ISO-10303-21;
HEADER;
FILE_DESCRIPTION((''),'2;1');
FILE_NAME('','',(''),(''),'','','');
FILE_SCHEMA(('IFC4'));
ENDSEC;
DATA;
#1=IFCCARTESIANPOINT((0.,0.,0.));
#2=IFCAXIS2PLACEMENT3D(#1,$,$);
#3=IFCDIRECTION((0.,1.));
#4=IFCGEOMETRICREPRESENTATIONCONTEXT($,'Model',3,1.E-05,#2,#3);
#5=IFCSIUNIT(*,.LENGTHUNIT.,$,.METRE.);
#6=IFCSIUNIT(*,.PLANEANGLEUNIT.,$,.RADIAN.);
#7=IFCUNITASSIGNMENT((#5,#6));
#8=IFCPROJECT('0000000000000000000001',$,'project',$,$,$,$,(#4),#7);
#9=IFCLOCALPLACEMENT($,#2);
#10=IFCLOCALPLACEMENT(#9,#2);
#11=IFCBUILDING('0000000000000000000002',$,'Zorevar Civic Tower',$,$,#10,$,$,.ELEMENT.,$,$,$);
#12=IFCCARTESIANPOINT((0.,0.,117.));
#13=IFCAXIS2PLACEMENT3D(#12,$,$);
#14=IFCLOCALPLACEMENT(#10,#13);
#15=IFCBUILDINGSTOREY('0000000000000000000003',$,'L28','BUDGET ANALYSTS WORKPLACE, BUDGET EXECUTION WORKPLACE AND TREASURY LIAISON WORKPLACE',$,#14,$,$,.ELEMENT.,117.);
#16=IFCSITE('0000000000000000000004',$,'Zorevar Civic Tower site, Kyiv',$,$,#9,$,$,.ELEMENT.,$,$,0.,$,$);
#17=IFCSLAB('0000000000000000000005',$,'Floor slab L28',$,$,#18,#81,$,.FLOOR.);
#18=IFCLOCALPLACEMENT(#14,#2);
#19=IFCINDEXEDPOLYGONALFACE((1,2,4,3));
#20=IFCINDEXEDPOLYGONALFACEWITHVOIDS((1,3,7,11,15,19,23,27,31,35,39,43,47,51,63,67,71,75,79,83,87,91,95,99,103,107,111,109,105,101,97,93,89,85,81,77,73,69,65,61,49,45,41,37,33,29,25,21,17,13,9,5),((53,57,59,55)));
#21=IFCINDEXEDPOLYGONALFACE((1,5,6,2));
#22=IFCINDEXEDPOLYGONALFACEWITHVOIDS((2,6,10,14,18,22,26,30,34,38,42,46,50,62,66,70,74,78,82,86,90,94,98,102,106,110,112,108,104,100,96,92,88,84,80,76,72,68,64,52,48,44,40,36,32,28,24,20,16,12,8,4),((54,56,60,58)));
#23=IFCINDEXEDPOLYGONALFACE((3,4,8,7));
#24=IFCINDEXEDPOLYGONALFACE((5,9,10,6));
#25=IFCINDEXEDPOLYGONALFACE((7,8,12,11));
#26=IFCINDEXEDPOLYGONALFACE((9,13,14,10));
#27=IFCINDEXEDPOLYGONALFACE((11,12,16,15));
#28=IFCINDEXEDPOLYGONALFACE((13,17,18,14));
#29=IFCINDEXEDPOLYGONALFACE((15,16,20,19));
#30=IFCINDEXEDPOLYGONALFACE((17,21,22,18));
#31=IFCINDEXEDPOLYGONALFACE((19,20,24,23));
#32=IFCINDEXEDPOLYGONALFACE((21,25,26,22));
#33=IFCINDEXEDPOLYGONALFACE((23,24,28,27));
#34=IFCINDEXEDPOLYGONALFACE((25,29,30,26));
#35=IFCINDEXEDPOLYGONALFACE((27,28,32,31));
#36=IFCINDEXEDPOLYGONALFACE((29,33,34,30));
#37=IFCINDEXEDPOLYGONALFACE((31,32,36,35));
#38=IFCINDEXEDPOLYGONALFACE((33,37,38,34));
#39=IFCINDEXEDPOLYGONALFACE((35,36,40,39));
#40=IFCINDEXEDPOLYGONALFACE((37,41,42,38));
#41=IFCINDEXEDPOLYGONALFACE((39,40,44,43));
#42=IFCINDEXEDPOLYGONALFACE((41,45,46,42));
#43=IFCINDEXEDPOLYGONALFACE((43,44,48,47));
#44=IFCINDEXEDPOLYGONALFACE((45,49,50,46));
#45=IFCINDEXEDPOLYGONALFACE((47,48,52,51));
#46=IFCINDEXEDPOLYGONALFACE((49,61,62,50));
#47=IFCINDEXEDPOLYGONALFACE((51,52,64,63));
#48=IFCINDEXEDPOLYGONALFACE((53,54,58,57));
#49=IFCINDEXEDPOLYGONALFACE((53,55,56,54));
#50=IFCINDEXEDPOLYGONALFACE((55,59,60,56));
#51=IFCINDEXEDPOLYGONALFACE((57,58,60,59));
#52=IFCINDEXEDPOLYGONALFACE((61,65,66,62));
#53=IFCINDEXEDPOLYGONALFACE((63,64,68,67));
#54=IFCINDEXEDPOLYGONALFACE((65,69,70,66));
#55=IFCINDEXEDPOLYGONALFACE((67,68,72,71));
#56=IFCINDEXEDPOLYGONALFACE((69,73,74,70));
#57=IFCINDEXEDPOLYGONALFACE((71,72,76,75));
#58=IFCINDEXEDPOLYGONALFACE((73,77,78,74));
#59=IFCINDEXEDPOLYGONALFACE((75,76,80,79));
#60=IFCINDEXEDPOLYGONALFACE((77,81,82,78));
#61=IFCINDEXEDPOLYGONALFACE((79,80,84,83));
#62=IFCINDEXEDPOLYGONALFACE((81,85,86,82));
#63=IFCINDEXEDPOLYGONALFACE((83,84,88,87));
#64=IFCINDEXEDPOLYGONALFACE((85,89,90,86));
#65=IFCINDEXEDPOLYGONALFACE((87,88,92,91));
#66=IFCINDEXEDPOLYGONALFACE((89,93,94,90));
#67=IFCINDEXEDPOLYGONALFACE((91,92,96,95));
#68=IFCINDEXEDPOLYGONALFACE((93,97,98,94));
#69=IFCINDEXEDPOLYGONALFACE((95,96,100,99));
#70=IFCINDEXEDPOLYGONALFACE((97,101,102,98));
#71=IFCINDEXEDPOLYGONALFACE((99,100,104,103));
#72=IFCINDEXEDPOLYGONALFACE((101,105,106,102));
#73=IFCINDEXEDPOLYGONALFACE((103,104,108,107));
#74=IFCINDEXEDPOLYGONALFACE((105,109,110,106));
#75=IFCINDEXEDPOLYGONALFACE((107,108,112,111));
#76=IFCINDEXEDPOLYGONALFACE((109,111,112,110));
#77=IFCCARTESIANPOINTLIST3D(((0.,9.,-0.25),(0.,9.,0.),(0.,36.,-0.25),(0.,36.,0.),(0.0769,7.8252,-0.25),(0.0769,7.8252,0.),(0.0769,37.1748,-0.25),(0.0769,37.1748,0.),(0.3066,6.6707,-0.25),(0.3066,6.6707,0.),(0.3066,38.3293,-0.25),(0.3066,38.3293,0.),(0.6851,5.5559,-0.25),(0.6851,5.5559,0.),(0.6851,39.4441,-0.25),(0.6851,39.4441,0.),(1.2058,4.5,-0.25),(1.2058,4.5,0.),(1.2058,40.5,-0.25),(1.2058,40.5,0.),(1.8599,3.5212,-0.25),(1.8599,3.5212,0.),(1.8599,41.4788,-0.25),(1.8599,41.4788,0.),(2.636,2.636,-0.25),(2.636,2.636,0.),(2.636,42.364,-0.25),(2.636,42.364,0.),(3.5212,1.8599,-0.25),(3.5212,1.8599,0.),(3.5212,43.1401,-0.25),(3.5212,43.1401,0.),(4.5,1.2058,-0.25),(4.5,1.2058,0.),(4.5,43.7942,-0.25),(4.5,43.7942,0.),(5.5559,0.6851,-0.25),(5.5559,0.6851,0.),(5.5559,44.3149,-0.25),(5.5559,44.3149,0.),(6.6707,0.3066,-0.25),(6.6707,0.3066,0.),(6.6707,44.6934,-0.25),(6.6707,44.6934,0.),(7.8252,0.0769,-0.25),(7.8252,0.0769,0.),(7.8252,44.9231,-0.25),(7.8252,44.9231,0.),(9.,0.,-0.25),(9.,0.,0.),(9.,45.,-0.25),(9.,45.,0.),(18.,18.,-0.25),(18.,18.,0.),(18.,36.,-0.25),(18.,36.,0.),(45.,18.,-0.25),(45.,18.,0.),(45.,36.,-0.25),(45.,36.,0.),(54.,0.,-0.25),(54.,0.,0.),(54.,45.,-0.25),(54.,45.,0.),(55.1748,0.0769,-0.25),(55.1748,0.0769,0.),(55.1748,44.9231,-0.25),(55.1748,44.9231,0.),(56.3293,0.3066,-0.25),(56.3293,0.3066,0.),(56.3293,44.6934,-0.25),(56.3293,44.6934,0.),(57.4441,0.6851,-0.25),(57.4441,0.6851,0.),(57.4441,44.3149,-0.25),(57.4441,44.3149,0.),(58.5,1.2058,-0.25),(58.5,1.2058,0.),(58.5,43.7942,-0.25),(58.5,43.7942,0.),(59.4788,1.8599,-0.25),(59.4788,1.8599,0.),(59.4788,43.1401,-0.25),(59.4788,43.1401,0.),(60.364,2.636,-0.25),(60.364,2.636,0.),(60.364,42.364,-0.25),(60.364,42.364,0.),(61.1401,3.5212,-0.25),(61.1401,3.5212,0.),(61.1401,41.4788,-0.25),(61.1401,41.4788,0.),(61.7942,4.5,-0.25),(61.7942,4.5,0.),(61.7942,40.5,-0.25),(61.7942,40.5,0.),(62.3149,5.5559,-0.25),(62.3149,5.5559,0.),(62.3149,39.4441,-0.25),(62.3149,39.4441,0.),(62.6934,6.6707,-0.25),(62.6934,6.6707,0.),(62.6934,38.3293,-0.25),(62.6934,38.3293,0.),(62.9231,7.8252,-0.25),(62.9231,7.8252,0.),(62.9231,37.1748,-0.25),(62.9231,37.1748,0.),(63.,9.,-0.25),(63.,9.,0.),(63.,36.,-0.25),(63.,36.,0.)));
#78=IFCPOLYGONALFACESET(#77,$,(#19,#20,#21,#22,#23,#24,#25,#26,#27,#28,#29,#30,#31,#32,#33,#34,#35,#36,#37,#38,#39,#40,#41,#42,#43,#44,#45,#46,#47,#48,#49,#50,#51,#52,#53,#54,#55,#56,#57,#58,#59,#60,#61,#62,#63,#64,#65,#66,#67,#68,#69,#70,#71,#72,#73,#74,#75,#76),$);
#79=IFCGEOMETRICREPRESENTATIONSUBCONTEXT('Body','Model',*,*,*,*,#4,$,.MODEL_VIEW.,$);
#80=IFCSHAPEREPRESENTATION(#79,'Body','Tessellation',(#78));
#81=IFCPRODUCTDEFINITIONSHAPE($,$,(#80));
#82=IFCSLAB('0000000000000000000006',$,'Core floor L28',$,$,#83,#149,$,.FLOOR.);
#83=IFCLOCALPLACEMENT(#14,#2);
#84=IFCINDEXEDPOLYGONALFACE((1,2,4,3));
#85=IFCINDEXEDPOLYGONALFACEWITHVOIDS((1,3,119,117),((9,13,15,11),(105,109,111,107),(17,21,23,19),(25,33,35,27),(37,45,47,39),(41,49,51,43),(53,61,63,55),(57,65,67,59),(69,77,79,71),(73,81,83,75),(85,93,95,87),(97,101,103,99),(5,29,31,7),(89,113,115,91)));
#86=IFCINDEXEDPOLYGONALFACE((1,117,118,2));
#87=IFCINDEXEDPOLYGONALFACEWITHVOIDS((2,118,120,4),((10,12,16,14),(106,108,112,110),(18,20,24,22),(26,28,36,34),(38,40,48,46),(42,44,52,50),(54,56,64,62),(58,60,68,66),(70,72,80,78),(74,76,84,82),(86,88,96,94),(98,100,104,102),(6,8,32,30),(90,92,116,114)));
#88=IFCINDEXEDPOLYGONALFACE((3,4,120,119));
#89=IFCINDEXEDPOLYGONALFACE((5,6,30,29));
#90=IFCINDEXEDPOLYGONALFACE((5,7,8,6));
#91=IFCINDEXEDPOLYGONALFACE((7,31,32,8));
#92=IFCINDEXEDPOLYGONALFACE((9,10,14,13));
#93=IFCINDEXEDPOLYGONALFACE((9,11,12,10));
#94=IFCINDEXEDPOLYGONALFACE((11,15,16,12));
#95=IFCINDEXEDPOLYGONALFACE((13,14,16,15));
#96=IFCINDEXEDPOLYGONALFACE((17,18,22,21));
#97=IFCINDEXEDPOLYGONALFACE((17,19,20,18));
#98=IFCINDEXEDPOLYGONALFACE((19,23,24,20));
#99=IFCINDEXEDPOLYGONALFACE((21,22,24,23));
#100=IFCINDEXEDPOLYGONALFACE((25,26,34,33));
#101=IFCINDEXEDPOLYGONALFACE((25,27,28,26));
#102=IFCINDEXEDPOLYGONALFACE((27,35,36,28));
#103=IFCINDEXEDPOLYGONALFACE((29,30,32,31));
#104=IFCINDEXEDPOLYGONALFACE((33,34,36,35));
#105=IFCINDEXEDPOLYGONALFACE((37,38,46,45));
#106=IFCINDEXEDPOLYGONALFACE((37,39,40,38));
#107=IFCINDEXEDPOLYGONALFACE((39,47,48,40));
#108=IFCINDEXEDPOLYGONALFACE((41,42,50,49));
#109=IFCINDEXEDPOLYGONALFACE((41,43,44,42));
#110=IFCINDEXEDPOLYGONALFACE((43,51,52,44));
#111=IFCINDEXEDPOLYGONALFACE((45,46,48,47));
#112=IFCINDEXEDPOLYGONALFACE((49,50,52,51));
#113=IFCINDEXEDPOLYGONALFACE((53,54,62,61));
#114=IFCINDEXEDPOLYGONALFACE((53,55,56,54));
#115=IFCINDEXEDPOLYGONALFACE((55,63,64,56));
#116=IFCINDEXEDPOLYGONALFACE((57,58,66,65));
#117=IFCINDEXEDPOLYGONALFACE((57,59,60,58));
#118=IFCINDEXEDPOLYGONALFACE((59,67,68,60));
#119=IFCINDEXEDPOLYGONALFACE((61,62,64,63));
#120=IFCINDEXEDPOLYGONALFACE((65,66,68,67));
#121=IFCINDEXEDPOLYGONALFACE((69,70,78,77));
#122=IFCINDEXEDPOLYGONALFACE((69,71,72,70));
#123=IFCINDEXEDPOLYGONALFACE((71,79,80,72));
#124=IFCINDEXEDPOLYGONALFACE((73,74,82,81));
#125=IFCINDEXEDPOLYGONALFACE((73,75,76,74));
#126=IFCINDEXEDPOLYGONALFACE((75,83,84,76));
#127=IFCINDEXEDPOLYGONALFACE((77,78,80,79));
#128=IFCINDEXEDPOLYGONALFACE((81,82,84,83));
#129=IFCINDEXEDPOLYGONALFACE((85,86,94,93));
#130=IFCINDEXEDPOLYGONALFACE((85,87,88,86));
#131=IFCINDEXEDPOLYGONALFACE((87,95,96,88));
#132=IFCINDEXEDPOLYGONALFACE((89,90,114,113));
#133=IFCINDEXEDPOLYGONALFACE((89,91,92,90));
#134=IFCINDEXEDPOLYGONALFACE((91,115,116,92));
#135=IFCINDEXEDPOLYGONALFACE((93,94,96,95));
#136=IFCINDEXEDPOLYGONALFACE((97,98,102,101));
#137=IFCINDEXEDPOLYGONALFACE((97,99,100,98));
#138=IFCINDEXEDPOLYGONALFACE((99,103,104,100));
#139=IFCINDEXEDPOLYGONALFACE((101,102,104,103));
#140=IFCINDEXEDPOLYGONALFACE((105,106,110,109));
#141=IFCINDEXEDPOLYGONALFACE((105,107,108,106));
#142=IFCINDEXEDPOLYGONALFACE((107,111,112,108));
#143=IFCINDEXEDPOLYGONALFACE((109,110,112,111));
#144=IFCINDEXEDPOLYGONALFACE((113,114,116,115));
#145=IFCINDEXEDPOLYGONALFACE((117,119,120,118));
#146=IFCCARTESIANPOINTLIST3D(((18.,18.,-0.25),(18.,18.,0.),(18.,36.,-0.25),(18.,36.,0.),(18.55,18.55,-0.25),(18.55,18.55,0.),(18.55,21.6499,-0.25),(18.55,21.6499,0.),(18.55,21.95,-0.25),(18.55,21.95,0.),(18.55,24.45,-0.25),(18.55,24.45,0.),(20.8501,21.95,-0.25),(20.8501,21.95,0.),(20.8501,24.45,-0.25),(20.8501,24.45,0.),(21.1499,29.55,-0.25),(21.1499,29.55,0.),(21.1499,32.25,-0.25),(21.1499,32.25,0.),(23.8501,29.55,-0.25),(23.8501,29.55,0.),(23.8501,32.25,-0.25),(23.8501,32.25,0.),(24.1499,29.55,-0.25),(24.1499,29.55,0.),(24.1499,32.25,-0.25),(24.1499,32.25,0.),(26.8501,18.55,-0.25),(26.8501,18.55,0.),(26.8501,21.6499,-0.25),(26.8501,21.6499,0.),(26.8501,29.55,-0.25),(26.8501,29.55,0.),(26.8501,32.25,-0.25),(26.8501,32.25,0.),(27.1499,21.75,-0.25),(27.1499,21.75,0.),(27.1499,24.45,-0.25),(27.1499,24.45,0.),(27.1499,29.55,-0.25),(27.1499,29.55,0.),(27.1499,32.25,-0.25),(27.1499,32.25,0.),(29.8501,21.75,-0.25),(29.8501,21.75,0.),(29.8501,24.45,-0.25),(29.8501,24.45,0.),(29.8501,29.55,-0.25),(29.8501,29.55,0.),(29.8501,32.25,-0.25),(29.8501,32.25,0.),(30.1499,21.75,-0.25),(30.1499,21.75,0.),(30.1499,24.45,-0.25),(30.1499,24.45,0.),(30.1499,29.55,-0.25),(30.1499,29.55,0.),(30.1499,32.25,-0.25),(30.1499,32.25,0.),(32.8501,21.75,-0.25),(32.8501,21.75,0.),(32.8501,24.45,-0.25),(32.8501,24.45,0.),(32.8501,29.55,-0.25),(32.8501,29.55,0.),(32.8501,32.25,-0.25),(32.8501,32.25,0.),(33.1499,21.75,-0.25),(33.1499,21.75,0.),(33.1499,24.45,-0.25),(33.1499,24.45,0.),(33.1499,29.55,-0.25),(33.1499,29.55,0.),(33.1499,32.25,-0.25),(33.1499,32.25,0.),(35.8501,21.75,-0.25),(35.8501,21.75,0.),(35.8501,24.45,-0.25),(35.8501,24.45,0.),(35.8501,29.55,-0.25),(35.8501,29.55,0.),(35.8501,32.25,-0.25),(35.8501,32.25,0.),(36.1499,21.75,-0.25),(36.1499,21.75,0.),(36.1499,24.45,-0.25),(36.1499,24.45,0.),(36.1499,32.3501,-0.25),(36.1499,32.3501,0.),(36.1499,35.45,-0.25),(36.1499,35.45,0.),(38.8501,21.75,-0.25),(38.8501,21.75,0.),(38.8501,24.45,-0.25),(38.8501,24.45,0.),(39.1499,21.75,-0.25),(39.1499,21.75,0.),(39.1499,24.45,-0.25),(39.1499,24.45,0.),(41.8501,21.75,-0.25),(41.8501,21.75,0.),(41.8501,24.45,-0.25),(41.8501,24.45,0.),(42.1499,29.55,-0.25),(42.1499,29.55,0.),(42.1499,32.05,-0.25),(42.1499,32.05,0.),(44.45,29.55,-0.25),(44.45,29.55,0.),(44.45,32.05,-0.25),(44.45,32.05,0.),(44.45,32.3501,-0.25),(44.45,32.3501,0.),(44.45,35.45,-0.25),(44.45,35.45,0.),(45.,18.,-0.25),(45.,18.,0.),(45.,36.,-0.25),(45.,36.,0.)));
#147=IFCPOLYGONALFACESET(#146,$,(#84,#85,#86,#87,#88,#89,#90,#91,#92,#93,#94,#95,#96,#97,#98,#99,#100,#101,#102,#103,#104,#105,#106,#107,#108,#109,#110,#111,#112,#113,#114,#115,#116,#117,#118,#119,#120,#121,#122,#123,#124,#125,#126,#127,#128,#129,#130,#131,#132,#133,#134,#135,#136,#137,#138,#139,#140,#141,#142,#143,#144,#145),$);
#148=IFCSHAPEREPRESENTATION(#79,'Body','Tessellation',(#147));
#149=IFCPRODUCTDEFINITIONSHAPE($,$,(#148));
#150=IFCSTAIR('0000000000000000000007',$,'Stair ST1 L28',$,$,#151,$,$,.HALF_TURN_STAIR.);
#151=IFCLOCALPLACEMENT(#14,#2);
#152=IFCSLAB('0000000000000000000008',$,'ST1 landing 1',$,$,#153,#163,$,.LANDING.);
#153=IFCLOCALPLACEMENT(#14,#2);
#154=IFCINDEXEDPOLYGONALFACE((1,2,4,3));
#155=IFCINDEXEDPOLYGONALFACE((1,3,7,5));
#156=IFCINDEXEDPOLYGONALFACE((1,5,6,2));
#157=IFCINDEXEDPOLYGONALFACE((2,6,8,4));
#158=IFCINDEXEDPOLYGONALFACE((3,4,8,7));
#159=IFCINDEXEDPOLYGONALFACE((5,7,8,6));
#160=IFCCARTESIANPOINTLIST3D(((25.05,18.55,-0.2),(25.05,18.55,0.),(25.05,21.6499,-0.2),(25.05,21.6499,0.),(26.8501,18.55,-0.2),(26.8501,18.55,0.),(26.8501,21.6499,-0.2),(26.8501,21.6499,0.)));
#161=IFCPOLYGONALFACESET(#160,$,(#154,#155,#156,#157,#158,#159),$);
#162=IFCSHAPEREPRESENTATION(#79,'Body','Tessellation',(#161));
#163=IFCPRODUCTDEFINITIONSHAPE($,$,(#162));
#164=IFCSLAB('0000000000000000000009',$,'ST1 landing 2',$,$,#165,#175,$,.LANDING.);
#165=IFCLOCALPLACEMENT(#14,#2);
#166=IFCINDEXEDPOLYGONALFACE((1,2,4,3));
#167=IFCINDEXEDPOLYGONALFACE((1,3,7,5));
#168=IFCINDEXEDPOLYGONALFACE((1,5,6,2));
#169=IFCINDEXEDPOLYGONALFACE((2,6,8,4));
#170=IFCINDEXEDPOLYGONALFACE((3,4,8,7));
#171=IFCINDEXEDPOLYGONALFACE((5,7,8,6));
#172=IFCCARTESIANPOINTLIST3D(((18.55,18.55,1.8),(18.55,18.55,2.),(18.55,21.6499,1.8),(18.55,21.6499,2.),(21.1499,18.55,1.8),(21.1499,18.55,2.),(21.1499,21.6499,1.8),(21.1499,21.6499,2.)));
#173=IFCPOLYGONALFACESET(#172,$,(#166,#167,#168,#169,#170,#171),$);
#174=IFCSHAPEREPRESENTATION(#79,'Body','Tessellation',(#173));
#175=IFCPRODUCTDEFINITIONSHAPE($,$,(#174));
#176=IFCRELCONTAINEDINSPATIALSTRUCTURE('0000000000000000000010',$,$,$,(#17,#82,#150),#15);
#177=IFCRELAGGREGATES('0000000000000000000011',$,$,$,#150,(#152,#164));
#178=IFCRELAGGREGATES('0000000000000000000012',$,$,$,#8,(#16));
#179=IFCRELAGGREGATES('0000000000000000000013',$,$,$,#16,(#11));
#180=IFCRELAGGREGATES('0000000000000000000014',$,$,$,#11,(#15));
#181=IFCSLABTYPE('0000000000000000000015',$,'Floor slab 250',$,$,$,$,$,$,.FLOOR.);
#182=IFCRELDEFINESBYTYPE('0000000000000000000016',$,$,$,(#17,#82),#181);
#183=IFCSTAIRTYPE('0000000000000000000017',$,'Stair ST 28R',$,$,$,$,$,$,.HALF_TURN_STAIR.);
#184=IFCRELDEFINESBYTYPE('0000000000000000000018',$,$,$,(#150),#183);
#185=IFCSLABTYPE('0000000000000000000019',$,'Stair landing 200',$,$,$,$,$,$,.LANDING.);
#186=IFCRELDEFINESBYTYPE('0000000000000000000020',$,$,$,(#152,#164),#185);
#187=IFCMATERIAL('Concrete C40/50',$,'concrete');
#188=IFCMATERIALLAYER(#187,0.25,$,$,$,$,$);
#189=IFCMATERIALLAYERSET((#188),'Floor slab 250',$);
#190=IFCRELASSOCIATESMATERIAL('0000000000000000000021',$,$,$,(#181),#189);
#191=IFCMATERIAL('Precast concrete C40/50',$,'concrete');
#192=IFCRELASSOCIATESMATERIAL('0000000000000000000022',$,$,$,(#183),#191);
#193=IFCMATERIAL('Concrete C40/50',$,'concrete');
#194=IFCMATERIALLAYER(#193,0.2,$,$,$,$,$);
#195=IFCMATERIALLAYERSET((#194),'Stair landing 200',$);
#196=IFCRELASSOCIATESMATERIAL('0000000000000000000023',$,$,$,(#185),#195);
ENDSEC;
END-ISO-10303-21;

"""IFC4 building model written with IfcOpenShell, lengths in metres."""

from ifc_helpers import new_model, si_unit, direction, frame, origin, place, context, subcontext, project, spatial, polyline, outline, extrude, material, layer, layer_set, type_object, element, aggregate, save


model = new_model("IFC4")

# Units and contexts
model_context = context("Model", 3, precision=1e-05, world=origin(), true_north=direction((0.0, 1.0)))
body_context = subcontext(model_context, "Body", "Model", "MODEL_VIEW")
ifc_project = project(units=[si_unit("LENGTHUNIT", "METRE"), si_unit("PLANEANGLEUNIT", "RADIAN")], contexts=[model_context])

# Site, building, storey
site_placement = place(None, origin())
site = spatial("IfcSite", under=ifc_project, at=site_placement, Name="Zorevar Civic Tower site, Kyiv", CompositionType="ELEMENT", RefElevation=0.0)
building_placement = place(site_placement, origin())
building = spatial("IfcBuilding", under=site, at=building_placement, Name="Zorevar Civic Tower", CompositionType="ELEMENT")
storey_placement = place(building_placement, frame((0.0, 0.0, 117.0)))
storey = spatial("IfcBuildingStorey", under=building, at=storey_placement, Name="L28", Description="BUDGET ANALYSTS WORKPLACE, BUDGET EXECUTION WORKPLACE AND TREASURY LIAISON WORKPLACE", CompositionType="ELEMENT", Elevation=117.0)

# Slabs
ifc_material_1 = material(Name="Concrete C40/50", Category="concrete")
ifc_layer_1 = layer(ifc_material_1, 0.25)
ifc_layer_set_1 = layer_set([ifc_layer_1], Name="Floor slab 250")
slab_type_1 = type_object("IfcSlabType", Name="Floor slab 250", PredefinedType="FLOOR", material=ifc_layer_set_1)
slab_1_placement = place(storey_placement, frame((0.0, 0.0, -0.25)))
element("IfcSlab", 1, at=slab_1_placement, inside=storey, type_object=slab_type_1, Name="Floor slab L28", PredefinedType="FLOOR", context=body_context, shape_type="SweptSolid", body=[
    extrude(outline(polyline([(54.0, 0.0), (55.1748, 0.0769), (56.3293, 0.3066), (57.4441, 0.6851), (58.5, 1.2058), (59.4788, 1.8599), (60.364, 2.636), (61.1401, 3.5212), (61.7942, 4.5), (62.3149, 5.5559), (62.6934, 6.6707), (62.9231, 7.8252), (63.0, 9.0), (63.0, 36.0), (62.9231, 37.1748), (62.6934, 38.3293), (62.3149, 39.4441), (61.7942, 40.5), (61.1401, 41.4788), (60.364, 42.364), (59.4788, 43.1401), (58.5, 43.7942), (57.4441, 44.3149), (56.3293, 44.6934), (55.1748, 44.9231), (54.0, 45.0), (9.0, 45.0), (7.8252, 44.9231), (6.6707, 44.6934), (5.5559, 44.3149), (4.5, 43.7942), (3.5212, 43.1401), (2.636, 42.364), (1.8599, 41.4788), (1.2058, 40.5), (0.6851, 39.4441), (0.3066, 38.3293), (0.0769, 37.1748), (0.0, 36.0), (0.0, 9.0), (0.0769, 7.8252), (0.3066, 6.6707), (0.6851, 5.5559), (1.2058, 4.5), (1.8599, 3.5212), (2.636, 2.636), (3.5212, 1.8599), (4.5, 1.2058), (5.5559, 0.6851), (6.6707, 0.3066), (7.8252, 0.0769), (9.0, 0.0), (54.0, 0.0)]), holes=[polyline([(18.0, 18.0), (45.0, 18.0), (45.0, 36.0), (18.0, 36.0), (18.0, 18.0)])]), origin(), (0.0, 0.0, 1.0), 0.25),
])
slab_2_placement = place(storey_placement, frame((0.0, 0.0, -0.25)))
element("IfcSlab", 2, at=slab_2_placement, inside=storey, type_object=slab_type_1, Name="Core floor L28", PredefinedType="FLOOR", context=body_context, shape_type="SweptSolid", body=[
    extrude(outline(polyline([(18.0, 18.0), (45.0, 18.0), (45.0, 36.0), (18.0, 36.0), (18.0, 18.0)]), holes=[polyline([(18.55, 18.55), (26.8501, 18.55), (26.8501, 21.6499), (18.55, 21.6499), (18.55, 18.55)]), polyline([(36.1499, 32.3501), (44.45, 32.3501), (44.45, 35.45), (36.1499, 35.45), (36.1499, 32.3501)]), polyline([(18.55, 21.95), (20.8501, 21.95), (20.8501, 24.45), (18.55, 24.45), (18.55, 21.95)]), polyline([(42.1499, 29.55), (44.45, 29.55), (44.45, 32.05), (42.1499, 32.05), (42.1499, 29.55)]), polyline([(27.1499, 21.75), (29.8501, 21.75), (29.8501, 24.45), (27.1499, 24.45), (27.1499, 21.75)]), polyline([(33.1499, 29.55), (35.8501, 29.55), (35.8501, 32.25), (33.1499, 32.25), (33.1499, 29.55)]), polyline([(30.1499, 21.75), (32.8501, 21.75), (32.8501, 24.45), (30.1499, 24.45), (30.1499, 21.75)]), polyline([(30.1499, 29.55), (32.8501, 29.55), (32.8501, 32.25), (30.1499, 32.25), (30.1499, 29.55)]), polyline([(33.1499, 21.75), (35.8501, 21.75), (35.8501, 24.45), (33.1499, 24.45), (33.1499, 21.75)]), polyline([(27.1499, 29.55), (29.8501, 29.55), (29.8501, 32.25), (27.1499, 32.25), (27.1499, 29.55)]), polyline([(36.1499, 21.75), (38.8501, 21.75), (38.8501, 24.45), (36.1499, 24.45), (36.1499, 21.75)]), polyline([(24.1499, 29.55), (26.8501, 29.55), (26.8501, 32.25), (24.1499, 32.25), (24.1499, 29.55)]), polyline([(39.1499, 21.75), (41.8501, 21.75), (41.8501, 24.45), (39.1499, 24.45), (39.1499, 21.75)]), polyline([(21.1499, 29.55), (23.8501, 29.55), (23.8501, 32.25), (21.1499, 32.25), (21.1499, 29.55)])]), origin(), (0.0, 0.0, 1.0), 0.25),
])

# Stair, slabs
ifc_material_2 = material(Name="Precast concrete C40/50", Category="concrete")
stair_type = type_object("IfcStairType", Name="Stair ST 28R", PredefinedType="HALF_TURN_STAIR", material=ifc_material_2)
stair_1_placement = place(storey_placement, origin())
stair_1 = element("IfcStair", 3, at=stair_1_placement, inside=storey, type_object=stair_type, Name="Stair ST1 L28", PredefinedType="HALF_TURN_STAIR")
ifc_material_3 = material(Name="Concrete C40/50", Category="concrete")
ifc_layer_2 = layer(ifc_material_3, 0.2)
ifc_layer_set_2 = layer_set([ifc_layer_2], Name="Stair landing 200")
slab_type_2 = type_object("IfcSlabType", Name="Stair landing 200", PredefinedType="LANDING", material=ifc_layer_set_2)
slab_3_placement = place(storey_placement, frame((0.0, 0.0, -0.2)))
slab_3 = element("IfcSlab", 4, at=slab_3_placement, type_object=slab_type_2, Name="ST1 landing 1", PredefinedType="LANDING", context=body_context, shape_type="SweptSolid", body=[
    extrude(outline(polyline([(25.05, 18.55), (26.8501, 18.55), (26.8501, 21.6499), (25.05, 21.6499), (25.05, 18.55)])), origin(), (0.0, 0.0, 1.0), 0.2),
])
slab_4_placement = place(storey_placement, frame((0.0, 0.0, 1.8)))
slab_4 = element("IfcSlab", 5, at=slab_4_placement, type_object=slab_type_2, Name="ST1 landing 2", PredefinedType="LANDING", context=body_context, shape_type="SweptSolid", body=[
    extrude(outline(polyline([(18.55, 18.55), (21.1499, 18.55), (21.1499, 21.6499), (18.55, 21.6499), (18.55, 18.55)])), origin(), (0.0, 0.0, 1.0), 0.2),
])
aggregate(stair_1, [slab_3, slab_4])

save(model, "model.ifc")
